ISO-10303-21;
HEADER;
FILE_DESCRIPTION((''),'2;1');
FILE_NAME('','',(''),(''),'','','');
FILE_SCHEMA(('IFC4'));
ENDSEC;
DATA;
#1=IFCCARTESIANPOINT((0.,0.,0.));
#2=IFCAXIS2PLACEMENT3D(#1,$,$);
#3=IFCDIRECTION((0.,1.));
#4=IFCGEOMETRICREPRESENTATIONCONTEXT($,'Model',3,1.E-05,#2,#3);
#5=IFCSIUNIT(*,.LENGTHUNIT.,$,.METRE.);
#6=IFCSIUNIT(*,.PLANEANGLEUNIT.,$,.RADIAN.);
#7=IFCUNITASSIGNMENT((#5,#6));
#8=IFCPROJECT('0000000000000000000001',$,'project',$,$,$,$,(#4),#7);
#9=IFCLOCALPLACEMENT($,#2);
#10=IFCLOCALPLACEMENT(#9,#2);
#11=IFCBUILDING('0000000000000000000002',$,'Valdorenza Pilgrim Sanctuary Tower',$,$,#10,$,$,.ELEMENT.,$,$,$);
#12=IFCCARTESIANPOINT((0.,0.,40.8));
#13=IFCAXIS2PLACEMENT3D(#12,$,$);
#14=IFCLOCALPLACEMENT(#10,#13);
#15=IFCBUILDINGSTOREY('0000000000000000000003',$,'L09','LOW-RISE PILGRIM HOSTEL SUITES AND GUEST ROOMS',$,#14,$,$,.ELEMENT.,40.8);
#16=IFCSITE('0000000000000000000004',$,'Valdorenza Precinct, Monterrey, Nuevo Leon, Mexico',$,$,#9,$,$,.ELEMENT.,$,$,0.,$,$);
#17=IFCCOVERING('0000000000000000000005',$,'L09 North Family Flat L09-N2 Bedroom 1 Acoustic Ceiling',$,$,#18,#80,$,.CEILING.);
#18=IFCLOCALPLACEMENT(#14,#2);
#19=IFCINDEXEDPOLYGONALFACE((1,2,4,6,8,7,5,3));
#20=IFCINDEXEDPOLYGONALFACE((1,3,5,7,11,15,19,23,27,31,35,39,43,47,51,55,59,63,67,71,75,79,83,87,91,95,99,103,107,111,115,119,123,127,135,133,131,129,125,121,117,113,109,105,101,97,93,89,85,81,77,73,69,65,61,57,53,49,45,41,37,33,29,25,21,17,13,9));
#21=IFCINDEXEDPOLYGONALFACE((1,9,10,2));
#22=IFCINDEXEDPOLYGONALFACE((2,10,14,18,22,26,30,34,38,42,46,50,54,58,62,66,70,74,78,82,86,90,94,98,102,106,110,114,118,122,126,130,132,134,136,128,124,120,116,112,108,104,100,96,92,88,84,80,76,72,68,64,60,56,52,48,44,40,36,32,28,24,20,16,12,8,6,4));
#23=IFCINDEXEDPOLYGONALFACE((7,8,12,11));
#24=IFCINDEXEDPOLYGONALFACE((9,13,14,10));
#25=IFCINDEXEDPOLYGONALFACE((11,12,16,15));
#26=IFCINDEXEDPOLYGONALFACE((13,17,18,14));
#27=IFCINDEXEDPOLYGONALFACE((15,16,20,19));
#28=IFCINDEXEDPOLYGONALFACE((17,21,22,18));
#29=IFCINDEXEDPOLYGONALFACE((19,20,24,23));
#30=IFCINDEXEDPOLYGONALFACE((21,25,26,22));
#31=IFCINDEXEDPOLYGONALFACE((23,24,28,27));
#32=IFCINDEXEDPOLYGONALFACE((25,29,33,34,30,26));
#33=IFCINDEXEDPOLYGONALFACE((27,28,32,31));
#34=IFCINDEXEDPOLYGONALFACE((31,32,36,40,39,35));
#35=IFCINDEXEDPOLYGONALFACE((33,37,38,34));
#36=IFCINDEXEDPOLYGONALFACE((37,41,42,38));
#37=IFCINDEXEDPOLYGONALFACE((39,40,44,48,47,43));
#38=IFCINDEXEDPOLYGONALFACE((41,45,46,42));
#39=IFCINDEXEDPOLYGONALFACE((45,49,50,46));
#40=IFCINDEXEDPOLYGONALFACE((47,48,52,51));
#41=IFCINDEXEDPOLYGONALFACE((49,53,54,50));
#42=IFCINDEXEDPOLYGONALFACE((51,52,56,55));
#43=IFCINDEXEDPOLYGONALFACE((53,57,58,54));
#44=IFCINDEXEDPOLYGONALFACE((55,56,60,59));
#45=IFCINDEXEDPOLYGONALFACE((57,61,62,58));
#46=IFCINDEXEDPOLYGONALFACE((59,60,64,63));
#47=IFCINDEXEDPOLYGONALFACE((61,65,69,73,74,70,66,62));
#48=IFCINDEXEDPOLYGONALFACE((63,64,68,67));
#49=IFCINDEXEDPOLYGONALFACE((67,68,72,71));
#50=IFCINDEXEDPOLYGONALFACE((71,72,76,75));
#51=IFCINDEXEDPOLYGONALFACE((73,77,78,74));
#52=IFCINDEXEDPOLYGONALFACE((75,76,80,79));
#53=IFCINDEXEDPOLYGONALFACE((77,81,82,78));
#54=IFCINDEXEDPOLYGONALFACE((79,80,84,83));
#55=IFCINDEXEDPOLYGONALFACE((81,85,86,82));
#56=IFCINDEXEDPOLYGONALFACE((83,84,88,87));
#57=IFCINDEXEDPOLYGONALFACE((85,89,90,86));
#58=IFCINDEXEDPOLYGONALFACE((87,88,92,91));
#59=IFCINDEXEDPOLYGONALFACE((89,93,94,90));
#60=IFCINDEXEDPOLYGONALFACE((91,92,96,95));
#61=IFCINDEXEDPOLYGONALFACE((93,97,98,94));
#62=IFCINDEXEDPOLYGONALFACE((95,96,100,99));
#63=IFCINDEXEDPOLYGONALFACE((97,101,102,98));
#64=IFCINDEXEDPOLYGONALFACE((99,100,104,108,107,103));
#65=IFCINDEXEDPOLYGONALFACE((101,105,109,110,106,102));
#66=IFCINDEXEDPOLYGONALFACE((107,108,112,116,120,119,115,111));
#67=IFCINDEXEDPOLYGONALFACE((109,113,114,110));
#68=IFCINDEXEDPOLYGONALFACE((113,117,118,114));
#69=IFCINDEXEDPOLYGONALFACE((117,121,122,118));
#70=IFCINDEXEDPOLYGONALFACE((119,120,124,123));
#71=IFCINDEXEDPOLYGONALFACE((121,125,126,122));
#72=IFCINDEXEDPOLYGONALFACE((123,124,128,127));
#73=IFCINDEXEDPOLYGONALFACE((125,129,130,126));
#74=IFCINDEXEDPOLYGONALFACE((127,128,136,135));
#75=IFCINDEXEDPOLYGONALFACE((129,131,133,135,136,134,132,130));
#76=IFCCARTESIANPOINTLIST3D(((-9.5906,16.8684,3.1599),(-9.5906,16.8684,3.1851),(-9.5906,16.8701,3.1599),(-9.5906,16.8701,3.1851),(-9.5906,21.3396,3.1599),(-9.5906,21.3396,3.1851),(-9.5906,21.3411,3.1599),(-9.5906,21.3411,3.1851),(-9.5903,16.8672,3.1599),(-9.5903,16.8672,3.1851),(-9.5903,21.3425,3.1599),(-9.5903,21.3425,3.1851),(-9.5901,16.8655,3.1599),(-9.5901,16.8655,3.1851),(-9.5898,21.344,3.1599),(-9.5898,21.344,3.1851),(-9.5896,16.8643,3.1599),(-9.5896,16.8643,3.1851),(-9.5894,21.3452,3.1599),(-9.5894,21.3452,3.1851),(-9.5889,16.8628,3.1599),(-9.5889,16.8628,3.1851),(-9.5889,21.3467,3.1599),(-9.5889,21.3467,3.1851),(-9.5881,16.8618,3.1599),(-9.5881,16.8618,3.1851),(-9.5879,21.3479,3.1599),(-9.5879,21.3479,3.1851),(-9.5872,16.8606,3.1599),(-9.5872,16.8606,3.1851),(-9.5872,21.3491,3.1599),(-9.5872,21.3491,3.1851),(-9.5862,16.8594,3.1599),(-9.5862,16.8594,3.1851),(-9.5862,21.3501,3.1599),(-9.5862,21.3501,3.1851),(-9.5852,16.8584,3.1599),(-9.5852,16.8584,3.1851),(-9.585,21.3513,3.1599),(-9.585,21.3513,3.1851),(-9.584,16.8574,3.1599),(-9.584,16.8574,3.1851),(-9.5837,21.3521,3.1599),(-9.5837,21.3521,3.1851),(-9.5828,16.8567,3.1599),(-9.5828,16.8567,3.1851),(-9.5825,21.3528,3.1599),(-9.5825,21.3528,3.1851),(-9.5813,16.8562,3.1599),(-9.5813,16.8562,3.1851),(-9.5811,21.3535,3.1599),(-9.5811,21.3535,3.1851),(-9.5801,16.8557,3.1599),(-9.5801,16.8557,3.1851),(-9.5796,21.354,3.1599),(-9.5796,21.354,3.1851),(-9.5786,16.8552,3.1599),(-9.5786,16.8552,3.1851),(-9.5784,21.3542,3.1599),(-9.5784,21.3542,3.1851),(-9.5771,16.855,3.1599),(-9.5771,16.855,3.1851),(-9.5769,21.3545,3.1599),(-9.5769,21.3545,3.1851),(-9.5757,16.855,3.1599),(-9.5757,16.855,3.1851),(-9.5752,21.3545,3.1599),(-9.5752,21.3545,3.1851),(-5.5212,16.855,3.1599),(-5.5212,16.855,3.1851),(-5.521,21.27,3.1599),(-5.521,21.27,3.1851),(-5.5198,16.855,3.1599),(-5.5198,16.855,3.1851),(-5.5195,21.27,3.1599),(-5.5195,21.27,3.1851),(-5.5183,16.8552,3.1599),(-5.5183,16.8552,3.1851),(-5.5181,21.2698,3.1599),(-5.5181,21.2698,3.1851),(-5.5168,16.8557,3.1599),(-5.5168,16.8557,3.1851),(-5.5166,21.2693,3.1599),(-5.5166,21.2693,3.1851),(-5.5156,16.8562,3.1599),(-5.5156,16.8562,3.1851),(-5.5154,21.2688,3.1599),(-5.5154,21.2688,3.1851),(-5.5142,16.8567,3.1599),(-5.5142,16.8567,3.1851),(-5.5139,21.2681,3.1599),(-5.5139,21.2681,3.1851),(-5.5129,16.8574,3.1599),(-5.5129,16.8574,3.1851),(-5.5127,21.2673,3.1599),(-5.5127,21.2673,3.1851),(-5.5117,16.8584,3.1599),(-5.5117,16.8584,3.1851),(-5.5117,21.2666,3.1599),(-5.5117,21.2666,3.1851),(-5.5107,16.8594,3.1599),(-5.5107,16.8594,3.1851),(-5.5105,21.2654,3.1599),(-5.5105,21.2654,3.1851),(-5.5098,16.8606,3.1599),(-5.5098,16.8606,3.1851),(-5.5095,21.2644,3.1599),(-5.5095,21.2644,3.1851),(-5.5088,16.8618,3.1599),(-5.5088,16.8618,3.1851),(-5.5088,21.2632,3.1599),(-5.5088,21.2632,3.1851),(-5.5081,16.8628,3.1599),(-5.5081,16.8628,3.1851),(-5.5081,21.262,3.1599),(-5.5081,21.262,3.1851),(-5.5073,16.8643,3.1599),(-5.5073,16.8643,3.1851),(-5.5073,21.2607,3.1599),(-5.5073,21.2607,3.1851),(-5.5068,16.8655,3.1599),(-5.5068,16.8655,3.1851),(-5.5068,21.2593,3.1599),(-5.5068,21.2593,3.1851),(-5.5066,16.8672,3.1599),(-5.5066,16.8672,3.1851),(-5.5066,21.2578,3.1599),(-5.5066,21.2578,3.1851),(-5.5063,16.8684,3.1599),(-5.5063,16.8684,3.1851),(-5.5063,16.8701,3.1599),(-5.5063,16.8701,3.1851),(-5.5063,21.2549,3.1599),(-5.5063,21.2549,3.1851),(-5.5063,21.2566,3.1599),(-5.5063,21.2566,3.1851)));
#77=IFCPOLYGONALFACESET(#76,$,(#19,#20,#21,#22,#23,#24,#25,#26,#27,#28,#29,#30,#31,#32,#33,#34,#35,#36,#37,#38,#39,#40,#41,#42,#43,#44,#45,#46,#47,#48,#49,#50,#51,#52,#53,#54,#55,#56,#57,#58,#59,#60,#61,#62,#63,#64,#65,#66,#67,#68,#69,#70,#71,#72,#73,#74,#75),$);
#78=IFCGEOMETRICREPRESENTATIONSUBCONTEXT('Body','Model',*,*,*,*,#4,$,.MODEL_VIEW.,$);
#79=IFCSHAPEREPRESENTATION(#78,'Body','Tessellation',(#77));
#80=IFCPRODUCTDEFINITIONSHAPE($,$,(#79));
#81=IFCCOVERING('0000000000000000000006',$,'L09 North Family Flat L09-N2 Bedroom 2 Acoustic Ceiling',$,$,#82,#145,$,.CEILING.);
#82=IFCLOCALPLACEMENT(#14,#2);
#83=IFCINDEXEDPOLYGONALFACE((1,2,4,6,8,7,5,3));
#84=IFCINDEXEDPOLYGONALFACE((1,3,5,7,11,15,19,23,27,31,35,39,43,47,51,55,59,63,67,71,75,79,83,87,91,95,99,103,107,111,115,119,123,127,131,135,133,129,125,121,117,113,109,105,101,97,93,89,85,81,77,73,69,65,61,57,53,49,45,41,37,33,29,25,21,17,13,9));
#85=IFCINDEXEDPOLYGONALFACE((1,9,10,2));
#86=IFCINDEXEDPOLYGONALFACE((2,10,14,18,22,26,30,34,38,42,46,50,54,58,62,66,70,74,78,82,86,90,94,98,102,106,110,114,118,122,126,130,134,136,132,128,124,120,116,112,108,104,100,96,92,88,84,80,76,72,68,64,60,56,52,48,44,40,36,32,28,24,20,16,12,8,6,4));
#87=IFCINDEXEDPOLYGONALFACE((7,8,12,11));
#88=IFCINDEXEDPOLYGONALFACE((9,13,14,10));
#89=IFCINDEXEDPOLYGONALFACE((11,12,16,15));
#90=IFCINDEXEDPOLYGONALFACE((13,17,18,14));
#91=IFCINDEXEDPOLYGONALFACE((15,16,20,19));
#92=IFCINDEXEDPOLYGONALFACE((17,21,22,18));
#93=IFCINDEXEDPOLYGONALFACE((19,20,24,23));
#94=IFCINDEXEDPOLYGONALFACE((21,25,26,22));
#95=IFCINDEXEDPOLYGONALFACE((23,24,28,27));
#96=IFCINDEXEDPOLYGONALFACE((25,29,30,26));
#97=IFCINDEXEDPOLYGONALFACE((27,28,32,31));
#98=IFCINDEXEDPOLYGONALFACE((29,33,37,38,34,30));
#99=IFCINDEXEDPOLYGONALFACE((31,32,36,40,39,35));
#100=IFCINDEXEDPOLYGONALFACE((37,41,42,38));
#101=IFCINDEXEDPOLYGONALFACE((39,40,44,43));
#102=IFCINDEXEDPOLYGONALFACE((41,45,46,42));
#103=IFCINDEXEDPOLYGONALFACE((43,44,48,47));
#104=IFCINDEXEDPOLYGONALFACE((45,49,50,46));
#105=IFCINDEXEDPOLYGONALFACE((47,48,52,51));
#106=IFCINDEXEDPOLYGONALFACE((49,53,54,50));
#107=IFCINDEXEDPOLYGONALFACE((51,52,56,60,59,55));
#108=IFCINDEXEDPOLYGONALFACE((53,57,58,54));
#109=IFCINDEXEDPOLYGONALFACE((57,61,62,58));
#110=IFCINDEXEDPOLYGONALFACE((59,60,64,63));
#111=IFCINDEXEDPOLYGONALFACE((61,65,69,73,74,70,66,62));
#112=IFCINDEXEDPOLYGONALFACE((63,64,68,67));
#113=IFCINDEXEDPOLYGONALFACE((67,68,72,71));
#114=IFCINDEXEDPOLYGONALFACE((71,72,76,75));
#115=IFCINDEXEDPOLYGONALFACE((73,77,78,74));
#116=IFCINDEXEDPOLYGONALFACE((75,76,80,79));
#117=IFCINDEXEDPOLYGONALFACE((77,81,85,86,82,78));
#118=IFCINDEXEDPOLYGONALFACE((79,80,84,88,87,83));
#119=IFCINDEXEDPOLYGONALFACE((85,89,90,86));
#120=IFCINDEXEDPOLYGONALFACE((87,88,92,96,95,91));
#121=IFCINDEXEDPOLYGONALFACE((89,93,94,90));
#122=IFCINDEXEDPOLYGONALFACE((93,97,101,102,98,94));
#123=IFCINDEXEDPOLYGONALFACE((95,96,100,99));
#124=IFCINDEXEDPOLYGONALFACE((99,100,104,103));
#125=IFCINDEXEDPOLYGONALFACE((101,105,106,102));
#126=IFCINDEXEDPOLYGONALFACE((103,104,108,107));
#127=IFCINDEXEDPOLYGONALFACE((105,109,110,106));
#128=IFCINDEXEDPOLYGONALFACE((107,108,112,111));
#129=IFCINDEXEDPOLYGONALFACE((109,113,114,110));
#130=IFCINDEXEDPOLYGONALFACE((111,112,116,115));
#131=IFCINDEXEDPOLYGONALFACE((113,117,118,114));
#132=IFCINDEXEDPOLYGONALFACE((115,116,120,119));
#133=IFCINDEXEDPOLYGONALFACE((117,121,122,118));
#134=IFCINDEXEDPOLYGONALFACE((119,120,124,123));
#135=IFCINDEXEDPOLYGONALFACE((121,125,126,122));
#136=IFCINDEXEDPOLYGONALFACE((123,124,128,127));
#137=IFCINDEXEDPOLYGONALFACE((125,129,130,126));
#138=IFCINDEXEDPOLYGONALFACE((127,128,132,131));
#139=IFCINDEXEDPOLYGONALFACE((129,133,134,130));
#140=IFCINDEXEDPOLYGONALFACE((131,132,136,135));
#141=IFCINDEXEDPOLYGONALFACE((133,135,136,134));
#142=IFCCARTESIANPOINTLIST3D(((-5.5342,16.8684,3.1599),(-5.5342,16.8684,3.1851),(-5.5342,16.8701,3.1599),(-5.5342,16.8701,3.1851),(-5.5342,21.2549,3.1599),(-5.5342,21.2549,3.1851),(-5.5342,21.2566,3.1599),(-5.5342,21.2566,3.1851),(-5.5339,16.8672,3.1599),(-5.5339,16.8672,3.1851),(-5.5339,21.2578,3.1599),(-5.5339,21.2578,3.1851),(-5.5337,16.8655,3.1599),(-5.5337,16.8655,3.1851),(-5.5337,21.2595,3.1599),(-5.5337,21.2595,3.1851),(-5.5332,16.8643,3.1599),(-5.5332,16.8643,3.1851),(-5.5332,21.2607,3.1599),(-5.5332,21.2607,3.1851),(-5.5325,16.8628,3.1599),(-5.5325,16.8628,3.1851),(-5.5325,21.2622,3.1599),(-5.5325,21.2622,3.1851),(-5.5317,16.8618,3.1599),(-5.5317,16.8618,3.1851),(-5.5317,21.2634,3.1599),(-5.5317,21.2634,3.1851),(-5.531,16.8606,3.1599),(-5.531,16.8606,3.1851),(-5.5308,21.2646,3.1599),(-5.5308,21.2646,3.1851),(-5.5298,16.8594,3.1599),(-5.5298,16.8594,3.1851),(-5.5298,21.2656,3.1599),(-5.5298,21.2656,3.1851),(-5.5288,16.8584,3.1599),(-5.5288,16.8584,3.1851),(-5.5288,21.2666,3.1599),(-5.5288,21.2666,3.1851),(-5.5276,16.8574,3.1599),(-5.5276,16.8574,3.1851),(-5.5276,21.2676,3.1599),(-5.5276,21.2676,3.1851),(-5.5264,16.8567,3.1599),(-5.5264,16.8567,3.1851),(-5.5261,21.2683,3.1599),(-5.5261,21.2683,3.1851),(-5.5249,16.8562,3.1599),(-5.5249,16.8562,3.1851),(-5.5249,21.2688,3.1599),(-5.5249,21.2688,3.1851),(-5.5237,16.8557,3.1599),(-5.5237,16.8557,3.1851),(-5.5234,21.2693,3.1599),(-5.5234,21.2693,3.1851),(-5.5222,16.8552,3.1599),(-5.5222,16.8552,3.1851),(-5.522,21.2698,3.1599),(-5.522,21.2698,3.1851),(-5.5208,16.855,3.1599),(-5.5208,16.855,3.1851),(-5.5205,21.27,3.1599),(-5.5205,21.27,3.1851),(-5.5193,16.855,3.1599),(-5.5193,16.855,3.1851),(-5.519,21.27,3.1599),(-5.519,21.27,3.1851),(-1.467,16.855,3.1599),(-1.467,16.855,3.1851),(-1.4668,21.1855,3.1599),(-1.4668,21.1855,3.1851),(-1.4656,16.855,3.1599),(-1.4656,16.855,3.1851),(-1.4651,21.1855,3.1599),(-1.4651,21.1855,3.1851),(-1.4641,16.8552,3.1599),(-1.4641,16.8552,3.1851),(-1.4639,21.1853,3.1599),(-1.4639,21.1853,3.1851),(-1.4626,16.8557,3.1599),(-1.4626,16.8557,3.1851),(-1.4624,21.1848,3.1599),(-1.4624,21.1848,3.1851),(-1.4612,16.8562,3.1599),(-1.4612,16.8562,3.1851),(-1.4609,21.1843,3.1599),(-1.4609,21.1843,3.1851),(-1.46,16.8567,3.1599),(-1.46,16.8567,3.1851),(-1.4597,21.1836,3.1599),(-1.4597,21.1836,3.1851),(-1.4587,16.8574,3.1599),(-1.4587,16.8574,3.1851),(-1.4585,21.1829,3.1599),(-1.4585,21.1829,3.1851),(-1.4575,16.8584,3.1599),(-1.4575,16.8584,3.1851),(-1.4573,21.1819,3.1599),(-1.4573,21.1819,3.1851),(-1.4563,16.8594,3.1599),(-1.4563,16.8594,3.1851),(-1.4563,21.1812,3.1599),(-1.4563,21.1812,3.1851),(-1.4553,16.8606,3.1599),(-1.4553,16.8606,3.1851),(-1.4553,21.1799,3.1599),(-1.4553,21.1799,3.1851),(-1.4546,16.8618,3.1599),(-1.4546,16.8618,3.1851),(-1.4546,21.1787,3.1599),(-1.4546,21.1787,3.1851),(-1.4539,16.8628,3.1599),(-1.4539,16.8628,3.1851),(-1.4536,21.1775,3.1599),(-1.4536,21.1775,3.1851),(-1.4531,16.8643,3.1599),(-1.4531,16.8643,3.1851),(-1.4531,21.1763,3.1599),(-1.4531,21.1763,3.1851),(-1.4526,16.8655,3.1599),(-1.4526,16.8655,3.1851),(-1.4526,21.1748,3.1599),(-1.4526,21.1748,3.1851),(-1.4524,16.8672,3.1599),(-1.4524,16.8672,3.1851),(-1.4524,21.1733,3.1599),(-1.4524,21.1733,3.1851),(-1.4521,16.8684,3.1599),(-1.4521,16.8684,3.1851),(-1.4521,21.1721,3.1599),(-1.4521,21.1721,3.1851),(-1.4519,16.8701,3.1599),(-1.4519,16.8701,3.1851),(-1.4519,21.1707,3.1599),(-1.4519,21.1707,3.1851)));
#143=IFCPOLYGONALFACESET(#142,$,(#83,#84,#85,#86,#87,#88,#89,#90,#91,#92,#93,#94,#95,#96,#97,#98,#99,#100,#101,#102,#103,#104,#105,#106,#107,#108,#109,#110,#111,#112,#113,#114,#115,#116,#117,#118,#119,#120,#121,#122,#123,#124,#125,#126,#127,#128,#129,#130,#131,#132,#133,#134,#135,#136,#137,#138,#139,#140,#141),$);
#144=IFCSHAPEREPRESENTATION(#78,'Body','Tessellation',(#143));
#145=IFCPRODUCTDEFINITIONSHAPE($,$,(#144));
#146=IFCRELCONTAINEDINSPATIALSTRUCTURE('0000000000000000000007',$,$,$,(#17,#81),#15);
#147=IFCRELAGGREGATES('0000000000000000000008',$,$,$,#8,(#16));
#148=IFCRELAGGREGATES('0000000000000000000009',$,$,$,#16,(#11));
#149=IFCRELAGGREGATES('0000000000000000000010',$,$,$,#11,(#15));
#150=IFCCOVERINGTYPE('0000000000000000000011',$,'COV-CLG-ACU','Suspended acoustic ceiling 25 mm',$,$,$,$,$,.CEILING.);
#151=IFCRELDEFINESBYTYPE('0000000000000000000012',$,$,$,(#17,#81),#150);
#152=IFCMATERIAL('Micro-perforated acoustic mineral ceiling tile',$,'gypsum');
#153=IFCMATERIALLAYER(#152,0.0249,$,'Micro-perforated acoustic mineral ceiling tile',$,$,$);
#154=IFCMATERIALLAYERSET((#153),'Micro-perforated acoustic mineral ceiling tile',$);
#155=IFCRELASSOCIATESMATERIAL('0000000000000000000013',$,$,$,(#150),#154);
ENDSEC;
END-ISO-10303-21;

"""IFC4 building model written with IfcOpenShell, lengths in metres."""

from ifc_helpers import new_model, si_unit, direction, frame, origin, place, context, subcontext, project, spatial, polyline, outline, extrude, material, layer, layer_set, type_object, element, save


model = new_model("IFC4")

# Units and contexts
model_context = context("Model", 3, precision=1e-05, world=origin(), true_north=direction((0.0, 1.0)))
body_context = subcontext(model_context, "Body", "Model", "MODEL_VIEW")
ifc_project = project(units=[si_unit("LENGTHUNIT", "METRE"), si_unit("PLANEANGLEUNIT", "RADIAN")], contexts=[model_context])

# Site, building, storey
site_placement = place(None, origin())
site = spatial("IfcSite", under=ifc_project, at=site_placement, Name="Valdorenza Precinct, Monterrey, Nuevo Leon, Mexico", CompositionType="ELEMENT", RefElevation=0.0)
building_placement = place(site_placement, origin())
building = spatial("IfcBuilding", under=site, at=building_placement, Name="Valdorenza Pilgrim Sanctuary Tower", CompositionType="ELEMENT")
storey_placement = place(building_placement, frame((0.0, 0.0, 40.8)))
storey = spatial("IfcBuildingStorey", under=building, at=storey_placement, Name="L09", Description="LOW-RISE PILGRIM HOSTEL SUITES AND GUEST ROOMS", CompositionType="ELEMENT", Elevation=40.8)

# Coverings
ifc_material_1 = material(Name="Micro-perforated acoustic mineral ceiling tile", Category="gypsum")
ifc_layer_1 = layer(ifc_material_1, 0.0249, Name="Micro-perforated acoustic mineral ceiling tile")
ifc_layer_set_1 = layer_set([ifc_layer_1], Name="Micro-perforated acoustic mineral ceiling tile")
covering_type_1 = type_object("IfcCoveringType", Name="COV-CLG-ACU", Description="Suspended acoustic ceiling 25 mm", PredefinedType="CEILING", material=ifc_layer_set_1)
covering_1_placement = place(storey_placement, frame((0.0, 0.0, 3.1599)))
element("IfcCovering", 1, at=covering_1_placement, inside=storey, type_object=covering_type_1, Name="L09 North Family Flat L09-N2 Bedroom 1 Acoustic Ceiling", PredefinedType="CEILING", context=body_context, shape_type="SweptSolid", body=[
    extrude(outline(polyline([(-9.5757, 16.855), (-9.5771, 16.855), (-9.5786, 16.8552), (-9.5801, 16.8557), (-9.5813, 16.8562), (-9.5828, 16.8567), (-9.584, 16.8574), (-9.5852, 16.8584), (-9.5862, 16.8594), (-9.5872, 16.8606), (-9.5881, 16.8618), (-9.5889, 16.8628), (-9.5896, 16.8643), (-9.5901, 16.8655), (-9.5903, 16.8672), (-9.5906, 16.8684), (-9.5906, 16.8701), (-9.5906, 21.3396), (-9.5906, 21.3411), (-9.5903, 21.3425), (-9.5898, 21.344), (-9.5894, 21.3452), (-9.5889, 21.3467), (-9.5879, 21.3479), (-9.5872, 21.3491), (-9.5862, 21.3501), (-9.585, 21.3513), (-9.5837, 21.3521), (-9.5825, 21.3528), (-9.5811, 21.3535), (-9.5796, 21.354), (-9.5784, 21.3542), (-9.5769, 21.3545), (-9.5752, 21.3545), (-5.521, 21.27), (-5.5195, 21.27), (-5.5181, 21.2698), (-5.5166, 21.2693), (-5.5154, 21.2688), (-5.5139, 21.2681), (-5.5127, 21.2673), (-5.5117, 21.2666), (-5.5105, 21.2654), (-5.5095, 21.2644), (-5.5088, 21.2632), (-5.5081, 21.262), (-5.5073, 21.2607), (-5.5068, 21.2593), (-5.5066, 21.2578), (-5.5063, 21.2566), (-5.5063, 21.2549), (-5.5063, 16.8701), (-5.5063, 16.8684), (-5.5066, 16.8672), (-5.5068, 16.8655), (-5.5073, 16.8643), (-5.5081, 16.8628), (-5.5088, 16.8618), (-5.5098, 16.8606), (-5.5107, 16.8594), (-5.5117, 16.8584), (-5.5129, 16.8574), (-5.5142, 16.8567), (-5.5156, 16.8562), (-5.5168, 16.8557), (-5.5183, 16.8552), (-5.5198, 16.855), (-5.5212, 16.855), (-9.5757, 16.855)])), origin(), (0.0, 0.0, 1.0), 0.0251),
])
covering_2_placement = place(storey_placement, frame((0.0, 0.0, 3.1599)))
element("IfcCovering", 2, at=covering_2_placement, inside=storey, type_object=covering_type_1, Name="L09 North Family Flat L09-N2 Bedroom 2 Acoustic Ceiling", PredefinedType="CEILING", context=body_context, shape_type="SweptSolid", body=[
    extrude(outline(polyline([(-5.5193, 16.855), (-5.5208, 16.855), (-5.5222, 16.8552), (-5.5237, 16.8557), (-5.5249, 16.8562), (-5.5264, 16.8567), (-5.5276, 16.8574), (-5.5288, 16.8584), (-5.5298, 16.8594), (-5.531, 16.8606), (-5.5317, 16.8618), (-5.5325, 16.8628), (-5.5332, 16.8643), (-5.5337, 16.8655), (-5.5339, 16.8672), (-5.5342, 16.8684), (-5.5342, 16.8701), (-5.5342, 21.2549), (-5.5342, 21.2566), (-5.5339, 21.2578), (-5.5337, 21.2595), (-5.5332, 21.2607), (-5.5325, 21.2622), (-5.5317, 21.2634), (-5.5308, 21.2646), (-5.5298, 21.2656), (-5.5288, 21.2666), (-5.5276, 21.2676), (-5.5261, 21.2683), (-5.5249, 21.2688), (-5.5234, 21.2693), (-5.522, 21.2698), (-5.5205, 21.27), (-5.519, 21.27), (-1.4668, 21.1855), (-1.4651, 21.1855), (-1.4639, 21.1853), (-1.4624, 21.1848), (-1.4609, 21.1843), (-1.4597, 21.1836), (-1.4585, 21.1829), (-1.4573, 21.1819), (-1.4563, 21.1812), (-1.4553, 21.1799), (-1.4546, 21.1787), (-1.4536, 21.1775), (-1.4531, 21.1763), (-1.4526, 21.1748), (-1.4524, 21.1733), (-1.4521, 21.1721), (-1.4519, 21.1707), (-1.4519, 16.8701), (-1.4521, 16.8684), (-1.4524, 16.8672), (-1.4526, 16.8655), (-1.4531, 16.8643), (-1.4539, 16.8628), (-1.4546, 16.8618), (-1.4553, 16.8606), (-1.4563, 16.8594), (-1.4575, 16.8584), (-1.4587, 16.8574), (-1.46, 16.8567), (-1.4612, 16.8562), (-1.4626, 16.8557), (-1.4641, 16.8552), (-1.4656, 16.855), (-1.467, 16.855), (-5.5193, 16.855)])), origin(), (0.0, 0.0, 1.0), 0.0251),
])

save(model, "model.ifc")
